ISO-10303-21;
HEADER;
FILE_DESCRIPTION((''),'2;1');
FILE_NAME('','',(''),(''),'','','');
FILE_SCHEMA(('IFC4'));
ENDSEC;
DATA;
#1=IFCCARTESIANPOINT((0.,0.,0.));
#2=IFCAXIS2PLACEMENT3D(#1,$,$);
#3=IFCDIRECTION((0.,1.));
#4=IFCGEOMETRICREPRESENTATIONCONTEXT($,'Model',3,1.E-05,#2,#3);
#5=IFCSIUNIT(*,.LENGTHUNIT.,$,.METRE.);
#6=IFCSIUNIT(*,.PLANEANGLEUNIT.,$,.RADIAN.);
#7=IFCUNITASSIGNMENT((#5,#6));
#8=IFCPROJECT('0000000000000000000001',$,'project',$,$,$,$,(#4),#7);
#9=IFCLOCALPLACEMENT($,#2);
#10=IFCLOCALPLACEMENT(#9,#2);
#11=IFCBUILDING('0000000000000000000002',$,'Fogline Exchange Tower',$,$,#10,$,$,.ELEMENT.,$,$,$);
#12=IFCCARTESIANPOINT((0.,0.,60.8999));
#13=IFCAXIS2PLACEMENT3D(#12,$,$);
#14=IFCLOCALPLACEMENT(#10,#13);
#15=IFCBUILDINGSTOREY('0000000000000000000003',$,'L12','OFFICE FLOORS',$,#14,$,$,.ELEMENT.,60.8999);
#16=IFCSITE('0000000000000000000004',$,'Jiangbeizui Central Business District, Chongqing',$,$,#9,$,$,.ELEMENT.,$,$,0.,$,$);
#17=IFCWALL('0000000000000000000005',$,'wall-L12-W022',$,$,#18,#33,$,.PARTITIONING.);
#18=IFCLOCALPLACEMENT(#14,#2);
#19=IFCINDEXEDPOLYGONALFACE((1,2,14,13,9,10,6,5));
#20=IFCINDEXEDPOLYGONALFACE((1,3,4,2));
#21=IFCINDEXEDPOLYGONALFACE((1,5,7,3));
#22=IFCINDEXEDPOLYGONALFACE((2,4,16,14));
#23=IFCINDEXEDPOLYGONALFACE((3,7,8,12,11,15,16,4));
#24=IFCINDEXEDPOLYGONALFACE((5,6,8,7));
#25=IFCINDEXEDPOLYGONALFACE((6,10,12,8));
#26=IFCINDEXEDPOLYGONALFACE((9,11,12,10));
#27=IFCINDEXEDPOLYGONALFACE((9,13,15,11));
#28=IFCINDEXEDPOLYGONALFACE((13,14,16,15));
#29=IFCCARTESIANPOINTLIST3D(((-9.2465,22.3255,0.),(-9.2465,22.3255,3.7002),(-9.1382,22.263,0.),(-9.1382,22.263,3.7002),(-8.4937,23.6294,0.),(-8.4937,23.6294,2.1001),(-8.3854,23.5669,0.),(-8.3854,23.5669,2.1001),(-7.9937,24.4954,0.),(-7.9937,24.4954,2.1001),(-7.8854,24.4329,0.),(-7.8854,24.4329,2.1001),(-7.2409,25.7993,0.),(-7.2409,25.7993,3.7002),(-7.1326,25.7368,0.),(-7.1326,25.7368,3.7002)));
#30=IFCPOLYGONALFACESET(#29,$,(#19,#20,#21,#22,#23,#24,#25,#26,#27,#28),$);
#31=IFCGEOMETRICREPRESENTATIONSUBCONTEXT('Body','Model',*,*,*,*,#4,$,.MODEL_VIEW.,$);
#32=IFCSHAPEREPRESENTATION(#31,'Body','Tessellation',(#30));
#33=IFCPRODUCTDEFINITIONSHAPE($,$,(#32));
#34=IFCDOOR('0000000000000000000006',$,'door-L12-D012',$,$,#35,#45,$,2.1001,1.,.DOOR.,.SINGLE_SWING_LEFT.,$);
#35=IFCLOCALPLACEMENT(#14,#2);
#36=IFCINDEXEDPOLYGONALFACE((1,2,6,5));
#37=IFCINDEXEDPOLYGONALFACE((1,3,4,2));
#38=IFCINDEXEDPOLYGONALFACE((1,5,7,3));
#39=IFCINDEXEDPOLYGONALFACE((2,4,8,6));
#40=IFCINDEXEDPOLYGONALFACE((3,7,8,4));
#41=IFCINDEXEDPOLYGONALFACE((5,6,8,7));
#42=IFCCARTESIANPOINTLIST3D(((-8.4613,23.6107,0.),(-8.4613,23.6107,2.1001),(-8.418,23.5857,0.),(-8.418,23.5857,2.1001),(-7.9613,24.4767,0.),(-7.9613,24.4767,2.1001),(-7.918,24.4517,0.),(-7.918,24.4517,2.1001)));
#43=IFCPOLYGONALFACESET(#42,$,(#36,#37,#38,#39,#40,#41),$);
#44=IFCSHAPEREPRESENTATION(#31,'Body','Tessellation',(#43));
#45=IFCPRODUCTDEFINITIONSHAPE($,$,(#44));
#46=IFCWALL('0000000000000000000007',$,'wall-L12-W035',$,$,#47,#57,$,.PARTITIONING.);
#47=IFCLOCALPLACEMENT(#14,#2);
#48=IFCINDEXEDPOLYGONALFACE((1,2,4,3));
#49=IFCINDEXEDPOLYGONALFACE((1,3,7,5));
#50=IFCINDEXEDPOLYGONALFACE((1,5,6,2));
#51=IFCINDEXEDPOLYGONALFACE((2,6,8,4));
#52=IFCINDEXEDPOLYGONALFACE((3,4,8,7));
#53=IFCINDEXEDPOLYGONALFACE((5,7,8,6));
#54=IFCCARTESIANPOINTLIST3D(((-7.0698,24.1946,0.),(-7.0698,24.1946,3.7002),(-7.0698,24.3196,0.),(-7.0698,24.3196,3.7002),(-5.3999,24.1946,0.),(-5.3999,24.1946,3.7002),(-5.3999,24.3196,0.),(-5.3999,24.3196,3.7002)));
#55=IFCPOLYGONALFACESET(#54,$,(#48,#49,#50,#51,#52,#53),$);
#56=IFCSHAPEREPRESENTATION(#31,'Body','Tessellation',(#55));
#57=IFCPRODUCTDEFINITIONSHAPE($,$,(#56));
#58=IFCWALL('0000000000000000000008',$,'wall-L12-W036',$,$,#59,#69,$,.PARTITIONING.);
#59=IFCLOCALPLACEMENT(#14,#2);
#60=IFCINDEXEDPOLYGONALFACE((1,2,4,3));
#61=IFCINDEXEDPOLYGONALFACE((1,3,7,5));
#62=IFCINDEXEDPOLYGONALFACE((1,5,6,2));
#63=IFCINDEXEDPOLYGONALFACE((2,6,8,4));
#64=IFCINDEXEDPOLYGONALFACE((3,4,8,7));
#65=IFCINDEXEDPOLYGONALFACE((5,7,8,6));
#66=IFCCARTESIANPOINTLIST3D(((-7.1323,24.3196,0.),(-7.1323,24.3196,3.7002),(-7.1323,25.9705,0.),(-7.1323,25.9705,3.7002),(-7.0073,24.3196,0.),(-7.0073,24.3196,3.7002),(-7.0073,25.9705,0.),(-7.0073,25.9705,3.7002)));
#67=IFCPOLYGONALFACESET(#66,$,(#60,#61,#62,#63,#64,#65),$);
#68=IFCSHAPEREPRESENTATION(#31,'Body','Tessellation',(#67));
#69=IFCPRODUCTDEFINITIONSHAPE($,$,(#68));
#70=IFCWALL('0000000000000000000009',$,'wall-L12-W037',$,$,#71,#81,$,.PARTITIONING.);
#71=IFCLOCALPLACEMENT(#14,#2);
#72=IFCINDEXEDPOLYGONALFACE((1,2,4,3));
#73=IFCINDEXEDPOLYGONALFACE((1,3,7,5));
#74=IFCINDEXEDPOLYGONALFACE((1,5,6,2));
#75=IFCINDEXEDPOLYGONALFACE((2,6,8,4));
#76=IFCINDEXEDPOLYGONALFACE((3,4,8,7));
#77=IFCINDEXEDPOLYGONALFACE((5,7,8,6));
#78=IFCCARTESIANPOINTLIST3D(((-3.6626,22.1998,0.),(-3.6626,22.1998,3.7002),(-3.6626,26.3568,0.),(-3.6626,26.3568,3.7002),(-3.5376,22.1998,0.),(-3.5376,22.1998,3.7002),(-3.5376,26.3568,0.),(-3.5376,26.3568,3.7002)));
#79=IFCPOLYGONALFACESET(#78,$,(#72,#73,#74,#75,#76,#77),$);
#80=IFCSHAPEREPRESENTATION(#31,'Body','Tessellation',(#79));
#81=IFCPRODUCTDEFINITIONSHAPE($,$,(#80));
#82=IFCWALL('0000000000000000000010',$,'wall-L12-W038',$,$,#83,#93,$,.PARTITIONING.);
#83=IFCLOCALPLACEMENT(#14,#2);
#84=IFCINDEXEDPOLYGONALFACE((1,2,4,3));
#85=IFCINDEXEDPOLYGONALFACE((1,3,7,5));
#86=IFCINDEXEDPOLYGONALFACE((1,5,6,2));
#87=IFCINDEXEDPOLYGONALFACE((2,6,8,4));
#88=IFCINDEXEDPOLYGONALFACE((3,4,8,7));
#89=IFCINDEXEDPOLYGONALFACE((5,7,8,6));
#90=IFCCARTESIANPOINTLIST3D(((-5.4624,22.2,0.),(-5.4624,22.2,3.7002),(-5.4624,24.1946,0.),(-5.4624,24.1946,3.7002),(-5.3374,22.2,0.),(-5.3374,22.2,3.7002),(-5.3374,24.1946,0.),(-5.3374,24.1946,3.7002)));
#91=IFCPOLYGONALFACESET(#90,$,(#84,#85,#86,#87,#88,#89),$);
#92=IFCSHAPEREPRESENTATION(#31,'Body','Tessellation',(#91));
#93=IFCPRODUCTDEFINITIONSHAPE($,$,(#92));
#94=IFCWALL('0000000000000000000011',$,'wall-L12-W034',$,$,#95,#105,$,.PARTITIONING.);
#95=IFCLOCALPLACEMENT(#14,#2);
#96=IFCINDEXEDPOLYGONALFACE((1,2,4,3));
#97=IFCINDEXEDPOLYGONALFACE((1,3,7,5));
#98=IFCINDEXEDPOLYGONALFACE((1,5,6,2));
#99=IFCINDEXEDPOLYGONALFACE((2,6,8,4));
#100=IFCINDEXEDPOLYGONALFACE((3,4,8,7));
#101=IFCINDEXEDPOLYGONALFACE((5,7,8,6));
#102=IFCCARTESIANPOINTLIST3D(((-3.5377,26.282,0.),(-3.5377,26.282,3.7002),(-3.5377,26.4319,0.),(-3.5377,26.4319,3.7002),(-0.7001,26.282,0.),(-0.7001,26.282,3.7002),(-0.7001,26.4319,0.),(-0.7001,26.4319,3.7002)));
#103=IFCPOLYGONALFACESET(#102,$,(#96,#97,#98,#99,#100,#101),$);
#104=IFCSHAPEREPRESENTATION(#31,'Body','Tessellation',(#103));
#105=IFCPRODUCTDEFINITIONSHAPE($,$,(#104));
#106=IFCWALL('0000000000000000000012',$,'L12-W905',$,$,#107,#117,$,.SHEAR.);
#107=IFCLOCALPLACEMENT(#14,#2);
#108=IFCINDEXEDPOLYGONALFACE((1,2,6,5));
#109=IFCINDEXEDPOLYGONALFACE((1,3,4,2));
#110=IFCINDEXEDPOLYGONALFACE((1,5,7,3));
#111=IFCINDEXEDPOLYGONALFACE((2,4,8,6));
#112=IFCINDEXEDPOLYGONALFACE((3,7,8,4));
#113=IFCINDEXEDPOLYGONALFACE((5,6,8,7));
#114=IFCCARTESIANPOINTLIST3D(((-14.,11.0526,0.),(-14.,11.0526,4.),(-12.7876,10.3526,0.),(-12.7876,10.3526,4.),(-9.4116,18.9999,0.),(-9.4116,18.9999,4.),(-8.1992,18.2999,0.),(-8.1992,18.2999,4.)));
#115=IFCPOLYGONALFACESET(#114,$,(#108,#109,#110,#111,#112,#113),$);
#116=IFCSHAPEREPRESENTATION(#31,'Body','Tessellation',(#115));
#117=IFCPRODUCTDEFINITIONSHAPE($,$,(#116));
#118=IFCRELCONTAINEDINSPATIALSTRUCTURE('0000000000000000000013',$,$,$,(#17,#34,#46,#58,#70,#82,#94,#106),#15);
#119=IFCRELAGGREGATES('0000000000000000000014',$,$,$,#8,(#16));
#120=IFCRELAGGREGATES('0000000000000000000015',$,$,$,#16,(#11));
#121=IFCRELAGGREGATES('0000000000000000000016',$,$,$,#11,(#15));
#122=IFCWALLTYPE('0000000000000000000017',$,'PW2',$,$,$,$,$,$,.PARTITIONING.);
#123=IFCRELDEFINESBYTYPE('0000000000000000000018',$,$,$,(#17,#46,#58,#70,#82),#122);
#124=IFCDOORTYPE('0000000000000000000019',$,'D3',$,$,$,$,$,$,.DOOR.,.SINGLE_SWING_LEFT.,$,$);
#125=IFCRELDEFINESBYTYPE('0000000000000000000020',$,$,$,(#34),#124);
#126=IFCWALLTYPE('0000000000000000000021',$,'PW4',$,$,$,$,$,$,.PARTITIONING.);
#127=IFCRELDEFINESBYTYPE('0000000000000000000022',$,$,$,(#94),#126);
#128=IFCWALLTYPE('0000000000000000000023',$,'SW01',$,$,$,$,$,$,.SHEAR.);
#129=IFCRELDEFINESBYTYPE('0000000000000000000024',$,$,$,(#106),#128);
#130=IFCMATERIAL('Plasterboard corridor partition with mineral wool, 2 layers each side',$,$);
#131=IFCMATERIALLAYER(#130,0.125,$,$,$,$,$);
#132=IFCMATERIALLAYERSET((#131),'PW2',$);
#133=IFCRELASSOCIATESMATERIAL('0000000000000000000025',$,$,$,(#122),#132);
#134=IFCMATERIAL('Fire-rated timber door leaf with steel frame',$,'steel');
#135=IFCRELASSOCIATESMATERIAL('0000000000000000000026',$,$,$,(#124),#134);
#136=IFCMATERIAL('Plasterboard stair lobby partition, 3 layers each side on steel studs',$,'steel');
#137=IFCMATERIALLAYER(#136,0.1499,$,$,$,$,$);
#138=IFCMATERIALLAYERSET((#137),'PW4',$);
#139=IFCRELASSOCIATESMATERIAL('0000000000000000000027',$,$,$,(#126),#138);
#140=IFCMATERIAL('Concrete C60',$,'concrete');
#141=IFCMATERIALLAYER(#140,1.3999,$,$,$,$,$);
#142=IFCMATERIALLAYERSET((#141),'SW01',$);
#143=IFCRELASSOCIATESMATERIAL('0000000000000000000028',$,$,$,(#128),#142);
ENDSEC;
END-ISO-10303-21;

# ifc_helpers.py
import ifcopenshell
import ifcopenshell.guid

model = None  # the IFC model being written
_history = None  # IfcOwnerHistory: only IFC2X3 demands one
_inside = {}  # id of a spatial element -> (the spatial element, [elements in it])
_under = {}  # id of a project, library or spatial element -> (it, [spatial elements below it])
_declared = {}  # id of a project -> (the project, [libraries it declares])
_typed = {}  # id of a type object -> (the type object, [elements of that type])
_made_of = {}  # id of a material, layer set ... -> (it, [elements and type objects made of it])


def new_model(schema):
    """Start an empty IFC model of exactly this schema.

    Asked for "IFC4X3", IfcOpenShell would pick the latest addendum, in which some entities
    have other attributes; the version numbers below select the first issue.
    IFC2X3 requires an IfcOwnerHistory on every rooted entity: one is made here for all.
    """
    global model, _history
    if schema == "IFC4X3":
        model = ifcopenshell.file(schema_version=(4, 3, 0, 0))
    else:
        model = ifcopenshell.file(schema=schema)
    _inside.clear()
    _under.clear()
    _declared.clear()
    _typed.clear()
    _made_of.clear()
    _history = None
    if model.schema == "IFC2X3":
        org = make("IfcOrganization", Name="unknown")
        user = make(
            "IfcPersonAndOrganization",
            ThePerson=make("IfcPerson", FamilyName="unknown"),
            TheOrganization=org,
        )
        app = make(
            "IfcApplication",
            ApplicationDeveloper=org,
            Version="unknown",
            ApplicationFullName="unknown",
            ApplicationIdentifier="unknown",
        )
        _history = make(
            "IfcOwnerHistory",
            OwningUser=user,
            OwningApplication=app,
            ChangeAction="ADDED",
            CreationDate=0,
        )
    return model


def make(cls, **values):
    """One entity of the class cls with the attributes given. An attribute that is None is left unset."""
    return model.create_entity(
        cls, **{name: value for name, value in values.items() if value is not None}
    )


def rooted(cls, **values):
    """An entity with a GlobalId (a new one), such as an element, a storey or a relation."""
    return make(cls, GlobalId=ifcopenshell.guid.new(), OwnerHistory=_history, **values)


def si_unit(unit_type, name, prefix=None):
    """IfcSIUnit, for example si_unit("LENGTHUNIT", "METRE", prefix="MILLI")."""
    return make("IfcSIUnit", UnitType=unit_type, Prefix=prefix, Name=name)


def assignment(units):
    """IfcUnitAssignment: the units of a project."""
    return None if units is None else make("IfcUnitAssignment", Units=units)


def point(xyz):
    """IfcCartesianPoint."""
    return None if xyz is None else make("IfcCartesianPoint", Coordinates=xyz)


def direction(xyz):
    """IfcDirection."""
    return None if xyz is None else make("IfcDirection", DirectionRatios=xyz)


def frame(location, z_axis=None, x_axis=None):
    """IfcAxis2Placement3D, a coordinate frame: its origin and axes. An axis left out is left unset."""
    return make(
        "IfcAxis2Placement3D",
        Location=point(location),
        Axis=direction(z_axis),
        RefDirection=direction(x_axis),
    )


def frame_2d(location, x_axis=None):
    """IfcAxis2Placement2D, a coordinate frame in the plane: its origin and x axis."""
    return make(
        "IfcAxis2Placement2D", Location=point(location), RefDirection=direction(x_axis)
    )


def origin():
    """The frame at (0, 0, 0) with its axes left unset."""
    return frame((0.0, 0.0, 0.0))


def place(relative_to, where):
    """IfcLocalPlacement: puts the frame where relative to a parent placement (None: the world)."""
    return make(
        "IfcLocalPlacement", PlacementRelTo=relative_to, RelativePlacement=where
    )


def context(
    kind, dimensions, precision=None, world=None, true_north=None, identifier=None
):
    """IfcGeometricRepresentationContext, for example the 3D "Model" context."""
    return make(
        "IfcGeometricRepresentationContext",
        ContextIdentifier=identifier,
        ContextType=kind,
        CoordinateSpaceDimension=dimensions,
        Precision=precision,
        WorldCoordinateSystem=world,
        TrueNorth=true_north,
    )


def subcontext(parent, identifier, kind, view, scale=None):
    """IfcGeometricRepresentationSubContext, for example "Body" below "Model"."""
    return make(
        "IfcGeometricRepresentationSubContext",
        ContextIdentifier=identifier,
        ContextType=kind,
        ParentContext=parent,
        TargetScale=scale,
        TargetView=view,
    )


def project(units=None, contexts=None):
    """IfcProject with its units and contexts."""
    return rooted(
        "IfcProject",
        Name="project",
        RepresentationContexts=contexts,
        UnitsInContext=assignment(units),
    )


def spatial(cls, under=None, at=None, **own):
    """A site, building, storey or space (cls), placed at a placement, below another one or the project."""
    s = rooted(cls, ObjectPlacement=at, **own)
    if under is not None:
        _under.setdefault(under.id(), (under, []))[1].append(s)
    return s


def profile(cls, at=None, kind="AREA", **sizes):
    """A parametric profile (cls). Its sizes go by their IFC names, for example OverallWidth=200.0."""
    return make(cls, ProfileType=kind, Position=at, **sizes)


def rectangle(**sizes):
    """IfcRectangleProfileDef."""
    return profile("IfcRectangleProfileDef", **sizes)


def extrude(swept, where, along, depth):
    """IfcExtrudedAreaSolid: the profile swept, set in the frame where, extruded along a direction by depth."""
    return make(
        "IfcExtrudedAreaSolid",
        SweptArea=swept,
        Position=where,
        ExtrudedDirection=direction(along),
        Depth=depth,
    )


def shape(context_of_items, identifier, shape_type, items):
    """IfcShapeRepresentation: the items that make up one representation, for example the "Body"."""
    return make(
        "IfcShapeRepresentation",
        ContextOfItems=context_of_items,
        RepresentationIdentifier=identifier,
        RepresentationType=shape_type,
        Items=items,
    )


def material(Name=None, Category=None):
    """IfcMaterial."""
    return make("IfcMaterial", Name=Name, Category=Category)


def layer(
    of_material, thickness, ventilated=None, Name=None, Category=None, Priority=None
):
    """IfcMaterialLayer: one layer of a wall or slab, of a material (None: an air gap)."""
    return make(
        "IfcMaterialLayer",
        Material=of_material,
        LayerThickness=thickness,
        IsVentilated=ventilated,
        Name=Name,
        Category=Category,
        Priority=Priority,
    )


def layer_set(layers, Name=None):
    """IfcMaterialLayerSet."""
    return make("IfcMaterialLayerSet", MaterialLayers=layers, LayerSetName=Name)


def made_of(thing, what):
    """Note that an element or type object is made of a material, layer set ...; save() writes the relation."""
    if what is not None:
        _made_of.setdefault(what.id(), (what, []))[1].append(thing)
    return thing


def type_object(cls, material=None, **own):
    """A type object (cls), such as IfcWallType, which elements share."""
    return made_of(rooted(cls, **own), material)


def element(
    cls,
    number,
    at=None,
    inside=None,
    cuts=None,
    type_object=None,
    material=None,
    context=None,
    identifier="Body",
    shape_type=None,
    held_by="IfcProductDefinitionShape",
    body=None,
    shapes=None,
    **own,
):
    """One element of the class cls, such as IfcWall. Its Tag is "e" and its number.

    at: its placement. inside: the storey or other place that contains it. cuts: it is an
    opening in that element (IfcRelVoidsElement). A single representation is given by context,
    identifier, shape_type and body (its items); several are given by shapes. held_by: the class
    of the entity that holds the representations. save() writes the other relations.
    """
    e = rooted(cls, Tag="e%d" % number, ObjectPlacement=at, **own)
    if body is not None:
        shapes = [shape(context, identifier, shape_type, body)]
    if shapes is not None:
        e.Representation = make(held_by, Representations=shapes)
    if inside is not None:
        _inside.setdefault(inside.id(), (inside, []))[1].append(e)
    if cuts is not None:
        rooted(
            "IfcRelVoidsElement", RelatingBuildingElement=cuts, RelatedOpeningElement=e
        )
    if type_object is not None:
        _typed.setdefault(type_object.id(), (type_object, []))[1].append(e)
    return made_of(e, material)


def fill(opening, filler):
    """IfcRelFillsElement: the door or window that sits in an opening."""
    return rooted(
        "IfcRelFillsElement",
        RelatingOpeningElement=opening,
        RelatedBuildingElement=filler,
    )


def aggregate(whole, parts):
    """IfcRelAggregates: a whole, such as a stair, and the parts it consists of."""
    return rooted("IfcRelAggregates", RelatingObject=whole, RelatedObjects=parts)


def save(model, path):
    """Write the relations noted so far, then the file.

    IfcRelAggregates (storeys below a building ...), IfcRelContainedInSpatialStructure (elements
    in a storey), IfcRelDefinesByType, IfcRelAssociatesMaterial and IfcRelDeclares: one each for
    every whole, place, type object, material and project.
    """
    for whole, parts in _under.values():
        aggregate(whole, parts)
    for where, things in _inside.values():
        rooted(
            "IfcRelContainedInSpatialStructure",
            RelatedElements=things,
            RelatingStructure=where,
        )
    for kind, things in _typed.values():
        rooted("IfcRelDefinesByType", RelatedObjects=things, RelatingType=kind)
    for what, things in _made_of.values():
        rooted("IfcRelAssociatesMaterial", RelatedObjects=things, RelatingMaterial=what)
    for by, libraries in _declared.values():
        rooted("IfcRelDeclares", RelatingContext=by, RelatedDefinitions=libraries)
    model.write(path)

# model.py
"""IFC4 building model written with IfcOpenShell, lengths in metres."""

from ifc_helpers import new_model, si_unit, direction, frame, frame_2d, origin, place, context, subcontext, project, spatial, rectangle, extrude, material, layer, layer_set, type_object, element, fill, save


model = new_model("IFC4")

# Units and contexts
model_context = context("Model", 3, precision=1e-05, world=origin(), true_north=direction((0.0, 1.0)))
body_context = subcontext(model_context, "Body", "Model", "MODEL_VIEW")
ifc_project = project(units=[si_unit("LENGTHUNIT", "METRE"), si_unit("PLANEANGLEUNIT", "RADIAN")], contexts=[model_context])

# Site, building, storey
site_placement = place(None, origin())
site = spatial("IfcSite", under=ifc_project, at=site_placement, Name="Jiangbeizui Central Business District, Chongqing", CompositionType="ELEMENT", RefElevation=0.0)
building_placement = place(site_placement, origin())
building = spatial("IfcBuilding", under=site, at=building_placement, Name="Fogline Exchange Tower", CompositionType="ELEMENT")
storey_placement = place(building_placement, frame((0.0, 0.0, 60.8999)))
storey = spatial("IfcBuildingStorey", under=building, at=storey_placement, Name="L12", Description="OFFICE FLOORS", CompositionType="ELEMENT", Elevation=60.8999)

# Wall, opening, door
ifc_material_1 = material(Name="Plasterboard corridor partition with mineral wool, 2 layers each side")
ifc_layer_1 = layer(ifc_material_1, 0.125)
ifc_layer_set_1 = layer_set([ifc_layer_1], Name="PW2")
wall_type_1 = type_object("IfcWallType", Name="PW2", PredefinedType="PARTITIONING", material=ifc_layer_set_1)
wall_1_placement = place(storey_placement, frame((-7.1868, 25.7681, 0.0), z_axis=(0.0, 0.0, 1.0), x_axis=(-0.499995, -0.866028, 0.0)))
wall_1 = element("IfcWall", 1, at=wall_1_placement, inside=storey, type_object=wall_type_1, Name="wall-L12-W022", PredefinedType="PARTITIONING", context=body_context, shape_type="SweptSolid", body=[
    extrude(rectangle(XDim=4.0112, YDim=0.125, at=frame_2d((2.0056, 0.0))), origin(), (0.0, 0.0, 1.0), 3.7002),
])
opening_1_placement = place(wall_1_placement, frame((1.5056, 0.0, 0.0)))
opening_1 = element("IfcOpeningElement", 2, at=opening_1_placement, cuts=wall_1, PredefinedType="OPENING", context=body_context, shape_type="SweptSolid", body=[
    extrude(rectangle(XDim=1.0, YDim=2.1001, at=frame_2d((0.5, 1.05))), frame((0.0, 0.0725, 0.0), z_axis=(0.0, -1.0, 0.0), x_axis=(1.0, 0.0, 0.0)), (0.0, 0.0, 1.0), 0.145),
])
ifc_material_2 = material(Name="Fire-rated timber door leaf with steel frame", Category="steel")
door_type_1 = type_object("IfcDoorType", Name="D3", OperationType="SINGLE_SWING_LEFT", PredefinedType="DOOR", material=ifc_material_2)
door_1_placement = place(opening_1_placement, origin())
door_1 = element("IfcDoor", 3, at=door_1_placement, inside=storey, type_object=door_type_1, Name="door-L12-D012", OperationType="SINGLE_SWING_LEFT", OverallHeight=2.1001, OverallWidth=1.0, PredefinedType="DOOR", context=body_context, shape_type="SweptSolid", body=[
    extrude(rectangle(XDim=1.0, YDim=2.1001, at=frame_2d((0.5, 1.05))), frame((0.0, 0.0249, 0.0), z_axis=(0.0, -1.0, 0.0), x_axis=(1.0, 0.0, 0.0)), (0.0, 0.0, 1.0), 0.05),
])
fill(opening_1, door_1)

# Walls
wall_2_placement = place(storey_placement, frame((-5.3999, 24.2571, 0.0), z_axis=(0.0, 0.0, 1.0), x_axis=(-1.0, 0.0, 0.0)))
element("IfcWall", 4, at=wall_2_placement, inside=storey, type_object=wall_type_1, Name="wall-L12-W035", PredefinedType="PARTITIONING", context=body_context, shape_type="SweptSolid", body=[
    extrude(rectangle(XDim=1.6699, YDim=0.125, at=frame_2d((0.835, 0.0))), origin(), (0.0, 0.0, 1.0), 3.7002),
])
wall_3_placement = place(storey_placement, frame((-7.0698, 24.3196, 0.0), z_axis=(0.0, 0.0, 1.0), x_axis=(0.0, 1.0, 0.0)))
element("IfcWall", 5, at=wall_3_placement, inside=storey, type_object=wall_type_1, Name="wall-L12-W036", PredefinedType="PARTITIONING", context=body_context, shape_type="SweptSolid", body=[
    extrude(rectangle(XDim=1.6509, YDim=0.125, at=frame_2d((0.8254, 0.0))), origin(), (0.0, 0.0, 1.0), 3.7002),
])
wall_4_placement = place(storey_placement, frame((-3.6001, 26.3569, 0.0), z_axis=(0.0, 0.0, 1.0), x_axis=(0.0, -1.0, 0.0)))
element("IfcWall", 6, at=wall_4_placement, inside=storey, type_object=wall_type_1, Name="wall-L12-W037", PredefinedType="PARTITIONING", context=body_context, shape_type="SweptSolid", body=[
    extrude(rectangle(XDim=4.157, YDim=0.125, at=frame_2d((2.0786, 0.0))), origin(), (0.0, 0.0, 1.0), 3.7002),
])
wall_5_placement = place(storey_placement, frame((-5.3999, 22.2, 0.0), z_axis=(0.0, 0.0, 1.0), x_axis=(0.0, 1.0, 0.0)))
element("IfcWall", 7, at=wall_5_placement, inside=storey, type_object=wall_type_1, Name="wall-L12-W038", PredefinedType="PARTITIONING", context=body_context, shape_type="SweptSolid", body=[
    extrude(rectangle(XDim=1.9946, YDim=0.125, at=frame_2d((0.9973, 0.0))), origin(), (0.0, 0.0, 1.0), 3.7002),
])
ifc_material_3 = material(Name="Plasterboard stair lobby partition, 3 layers each side on steel studs", Category="steel")
ifc_layer_2 = layer(ifc_material_3, 0.1499)
ifc_layer_set_2 = layer_set([ifc_layer_2], Name="PW4")
wall_type_2 = type_object("IfcWallType", Name="PW4", PredefinedType="PARTITIONING", material=ifc_layer_set_2)
wall_6_placement = place(storey_placement, frame((-0.7, 26.3569, 0.0), z_axis=(0.0, 0.0, 1.0), x_axis=(-1.0, 0.0, 0.0)))
element("IfcWall", 8, at=wall_6_placement, inside=storey, type_object=wall_type_2, Name="wall-L12-W034", PredefinedType="PARTITIONING", context=body_context, shape_type="SweptSolid", body=[
    extrude(rectangle(XDim=2.8376, YDim=0.1499, at=frame_2d((1.4189, 0.0))), origin(), (0.0, 0.0, 1.0), 3.7002),
])
ifc_material_4 = material(Name="Concrete C60", Category="concrete")
ifc_layer_3 = layer(ifc_material_4, 1.3999)
ifc_layer_set_3 = layer_set([ifc_layer_3], Name="SW01")
wall_type_3 = type_object("IfcWallType", Name="SW01", PredefinedType="SHEAR", material=ifc_layer_set_3)
wall_7_placement = place(storey_placement, frame((-8.8054, 18.6499, 0.0), z_axis=(0.0, 0.0, 1.0), x_axis=(-0.500002, -0.866024, 0.0)))
element("IfcWall", 9, at=wall_7_placement, inside=storey, type_object=wall_type_3, Name="L12-W905", PredefinedType="SHEAR", context=body_context, shape_type="SweptSolid", body=[
    extrude(rectangle(XDim=9.1768, YDim=1.3999, at=frame_2d((4.5884, 0.0))), origin(), (0.0, 0.0, 1.0), 4.0),
])

save(model, "model.ifc")
